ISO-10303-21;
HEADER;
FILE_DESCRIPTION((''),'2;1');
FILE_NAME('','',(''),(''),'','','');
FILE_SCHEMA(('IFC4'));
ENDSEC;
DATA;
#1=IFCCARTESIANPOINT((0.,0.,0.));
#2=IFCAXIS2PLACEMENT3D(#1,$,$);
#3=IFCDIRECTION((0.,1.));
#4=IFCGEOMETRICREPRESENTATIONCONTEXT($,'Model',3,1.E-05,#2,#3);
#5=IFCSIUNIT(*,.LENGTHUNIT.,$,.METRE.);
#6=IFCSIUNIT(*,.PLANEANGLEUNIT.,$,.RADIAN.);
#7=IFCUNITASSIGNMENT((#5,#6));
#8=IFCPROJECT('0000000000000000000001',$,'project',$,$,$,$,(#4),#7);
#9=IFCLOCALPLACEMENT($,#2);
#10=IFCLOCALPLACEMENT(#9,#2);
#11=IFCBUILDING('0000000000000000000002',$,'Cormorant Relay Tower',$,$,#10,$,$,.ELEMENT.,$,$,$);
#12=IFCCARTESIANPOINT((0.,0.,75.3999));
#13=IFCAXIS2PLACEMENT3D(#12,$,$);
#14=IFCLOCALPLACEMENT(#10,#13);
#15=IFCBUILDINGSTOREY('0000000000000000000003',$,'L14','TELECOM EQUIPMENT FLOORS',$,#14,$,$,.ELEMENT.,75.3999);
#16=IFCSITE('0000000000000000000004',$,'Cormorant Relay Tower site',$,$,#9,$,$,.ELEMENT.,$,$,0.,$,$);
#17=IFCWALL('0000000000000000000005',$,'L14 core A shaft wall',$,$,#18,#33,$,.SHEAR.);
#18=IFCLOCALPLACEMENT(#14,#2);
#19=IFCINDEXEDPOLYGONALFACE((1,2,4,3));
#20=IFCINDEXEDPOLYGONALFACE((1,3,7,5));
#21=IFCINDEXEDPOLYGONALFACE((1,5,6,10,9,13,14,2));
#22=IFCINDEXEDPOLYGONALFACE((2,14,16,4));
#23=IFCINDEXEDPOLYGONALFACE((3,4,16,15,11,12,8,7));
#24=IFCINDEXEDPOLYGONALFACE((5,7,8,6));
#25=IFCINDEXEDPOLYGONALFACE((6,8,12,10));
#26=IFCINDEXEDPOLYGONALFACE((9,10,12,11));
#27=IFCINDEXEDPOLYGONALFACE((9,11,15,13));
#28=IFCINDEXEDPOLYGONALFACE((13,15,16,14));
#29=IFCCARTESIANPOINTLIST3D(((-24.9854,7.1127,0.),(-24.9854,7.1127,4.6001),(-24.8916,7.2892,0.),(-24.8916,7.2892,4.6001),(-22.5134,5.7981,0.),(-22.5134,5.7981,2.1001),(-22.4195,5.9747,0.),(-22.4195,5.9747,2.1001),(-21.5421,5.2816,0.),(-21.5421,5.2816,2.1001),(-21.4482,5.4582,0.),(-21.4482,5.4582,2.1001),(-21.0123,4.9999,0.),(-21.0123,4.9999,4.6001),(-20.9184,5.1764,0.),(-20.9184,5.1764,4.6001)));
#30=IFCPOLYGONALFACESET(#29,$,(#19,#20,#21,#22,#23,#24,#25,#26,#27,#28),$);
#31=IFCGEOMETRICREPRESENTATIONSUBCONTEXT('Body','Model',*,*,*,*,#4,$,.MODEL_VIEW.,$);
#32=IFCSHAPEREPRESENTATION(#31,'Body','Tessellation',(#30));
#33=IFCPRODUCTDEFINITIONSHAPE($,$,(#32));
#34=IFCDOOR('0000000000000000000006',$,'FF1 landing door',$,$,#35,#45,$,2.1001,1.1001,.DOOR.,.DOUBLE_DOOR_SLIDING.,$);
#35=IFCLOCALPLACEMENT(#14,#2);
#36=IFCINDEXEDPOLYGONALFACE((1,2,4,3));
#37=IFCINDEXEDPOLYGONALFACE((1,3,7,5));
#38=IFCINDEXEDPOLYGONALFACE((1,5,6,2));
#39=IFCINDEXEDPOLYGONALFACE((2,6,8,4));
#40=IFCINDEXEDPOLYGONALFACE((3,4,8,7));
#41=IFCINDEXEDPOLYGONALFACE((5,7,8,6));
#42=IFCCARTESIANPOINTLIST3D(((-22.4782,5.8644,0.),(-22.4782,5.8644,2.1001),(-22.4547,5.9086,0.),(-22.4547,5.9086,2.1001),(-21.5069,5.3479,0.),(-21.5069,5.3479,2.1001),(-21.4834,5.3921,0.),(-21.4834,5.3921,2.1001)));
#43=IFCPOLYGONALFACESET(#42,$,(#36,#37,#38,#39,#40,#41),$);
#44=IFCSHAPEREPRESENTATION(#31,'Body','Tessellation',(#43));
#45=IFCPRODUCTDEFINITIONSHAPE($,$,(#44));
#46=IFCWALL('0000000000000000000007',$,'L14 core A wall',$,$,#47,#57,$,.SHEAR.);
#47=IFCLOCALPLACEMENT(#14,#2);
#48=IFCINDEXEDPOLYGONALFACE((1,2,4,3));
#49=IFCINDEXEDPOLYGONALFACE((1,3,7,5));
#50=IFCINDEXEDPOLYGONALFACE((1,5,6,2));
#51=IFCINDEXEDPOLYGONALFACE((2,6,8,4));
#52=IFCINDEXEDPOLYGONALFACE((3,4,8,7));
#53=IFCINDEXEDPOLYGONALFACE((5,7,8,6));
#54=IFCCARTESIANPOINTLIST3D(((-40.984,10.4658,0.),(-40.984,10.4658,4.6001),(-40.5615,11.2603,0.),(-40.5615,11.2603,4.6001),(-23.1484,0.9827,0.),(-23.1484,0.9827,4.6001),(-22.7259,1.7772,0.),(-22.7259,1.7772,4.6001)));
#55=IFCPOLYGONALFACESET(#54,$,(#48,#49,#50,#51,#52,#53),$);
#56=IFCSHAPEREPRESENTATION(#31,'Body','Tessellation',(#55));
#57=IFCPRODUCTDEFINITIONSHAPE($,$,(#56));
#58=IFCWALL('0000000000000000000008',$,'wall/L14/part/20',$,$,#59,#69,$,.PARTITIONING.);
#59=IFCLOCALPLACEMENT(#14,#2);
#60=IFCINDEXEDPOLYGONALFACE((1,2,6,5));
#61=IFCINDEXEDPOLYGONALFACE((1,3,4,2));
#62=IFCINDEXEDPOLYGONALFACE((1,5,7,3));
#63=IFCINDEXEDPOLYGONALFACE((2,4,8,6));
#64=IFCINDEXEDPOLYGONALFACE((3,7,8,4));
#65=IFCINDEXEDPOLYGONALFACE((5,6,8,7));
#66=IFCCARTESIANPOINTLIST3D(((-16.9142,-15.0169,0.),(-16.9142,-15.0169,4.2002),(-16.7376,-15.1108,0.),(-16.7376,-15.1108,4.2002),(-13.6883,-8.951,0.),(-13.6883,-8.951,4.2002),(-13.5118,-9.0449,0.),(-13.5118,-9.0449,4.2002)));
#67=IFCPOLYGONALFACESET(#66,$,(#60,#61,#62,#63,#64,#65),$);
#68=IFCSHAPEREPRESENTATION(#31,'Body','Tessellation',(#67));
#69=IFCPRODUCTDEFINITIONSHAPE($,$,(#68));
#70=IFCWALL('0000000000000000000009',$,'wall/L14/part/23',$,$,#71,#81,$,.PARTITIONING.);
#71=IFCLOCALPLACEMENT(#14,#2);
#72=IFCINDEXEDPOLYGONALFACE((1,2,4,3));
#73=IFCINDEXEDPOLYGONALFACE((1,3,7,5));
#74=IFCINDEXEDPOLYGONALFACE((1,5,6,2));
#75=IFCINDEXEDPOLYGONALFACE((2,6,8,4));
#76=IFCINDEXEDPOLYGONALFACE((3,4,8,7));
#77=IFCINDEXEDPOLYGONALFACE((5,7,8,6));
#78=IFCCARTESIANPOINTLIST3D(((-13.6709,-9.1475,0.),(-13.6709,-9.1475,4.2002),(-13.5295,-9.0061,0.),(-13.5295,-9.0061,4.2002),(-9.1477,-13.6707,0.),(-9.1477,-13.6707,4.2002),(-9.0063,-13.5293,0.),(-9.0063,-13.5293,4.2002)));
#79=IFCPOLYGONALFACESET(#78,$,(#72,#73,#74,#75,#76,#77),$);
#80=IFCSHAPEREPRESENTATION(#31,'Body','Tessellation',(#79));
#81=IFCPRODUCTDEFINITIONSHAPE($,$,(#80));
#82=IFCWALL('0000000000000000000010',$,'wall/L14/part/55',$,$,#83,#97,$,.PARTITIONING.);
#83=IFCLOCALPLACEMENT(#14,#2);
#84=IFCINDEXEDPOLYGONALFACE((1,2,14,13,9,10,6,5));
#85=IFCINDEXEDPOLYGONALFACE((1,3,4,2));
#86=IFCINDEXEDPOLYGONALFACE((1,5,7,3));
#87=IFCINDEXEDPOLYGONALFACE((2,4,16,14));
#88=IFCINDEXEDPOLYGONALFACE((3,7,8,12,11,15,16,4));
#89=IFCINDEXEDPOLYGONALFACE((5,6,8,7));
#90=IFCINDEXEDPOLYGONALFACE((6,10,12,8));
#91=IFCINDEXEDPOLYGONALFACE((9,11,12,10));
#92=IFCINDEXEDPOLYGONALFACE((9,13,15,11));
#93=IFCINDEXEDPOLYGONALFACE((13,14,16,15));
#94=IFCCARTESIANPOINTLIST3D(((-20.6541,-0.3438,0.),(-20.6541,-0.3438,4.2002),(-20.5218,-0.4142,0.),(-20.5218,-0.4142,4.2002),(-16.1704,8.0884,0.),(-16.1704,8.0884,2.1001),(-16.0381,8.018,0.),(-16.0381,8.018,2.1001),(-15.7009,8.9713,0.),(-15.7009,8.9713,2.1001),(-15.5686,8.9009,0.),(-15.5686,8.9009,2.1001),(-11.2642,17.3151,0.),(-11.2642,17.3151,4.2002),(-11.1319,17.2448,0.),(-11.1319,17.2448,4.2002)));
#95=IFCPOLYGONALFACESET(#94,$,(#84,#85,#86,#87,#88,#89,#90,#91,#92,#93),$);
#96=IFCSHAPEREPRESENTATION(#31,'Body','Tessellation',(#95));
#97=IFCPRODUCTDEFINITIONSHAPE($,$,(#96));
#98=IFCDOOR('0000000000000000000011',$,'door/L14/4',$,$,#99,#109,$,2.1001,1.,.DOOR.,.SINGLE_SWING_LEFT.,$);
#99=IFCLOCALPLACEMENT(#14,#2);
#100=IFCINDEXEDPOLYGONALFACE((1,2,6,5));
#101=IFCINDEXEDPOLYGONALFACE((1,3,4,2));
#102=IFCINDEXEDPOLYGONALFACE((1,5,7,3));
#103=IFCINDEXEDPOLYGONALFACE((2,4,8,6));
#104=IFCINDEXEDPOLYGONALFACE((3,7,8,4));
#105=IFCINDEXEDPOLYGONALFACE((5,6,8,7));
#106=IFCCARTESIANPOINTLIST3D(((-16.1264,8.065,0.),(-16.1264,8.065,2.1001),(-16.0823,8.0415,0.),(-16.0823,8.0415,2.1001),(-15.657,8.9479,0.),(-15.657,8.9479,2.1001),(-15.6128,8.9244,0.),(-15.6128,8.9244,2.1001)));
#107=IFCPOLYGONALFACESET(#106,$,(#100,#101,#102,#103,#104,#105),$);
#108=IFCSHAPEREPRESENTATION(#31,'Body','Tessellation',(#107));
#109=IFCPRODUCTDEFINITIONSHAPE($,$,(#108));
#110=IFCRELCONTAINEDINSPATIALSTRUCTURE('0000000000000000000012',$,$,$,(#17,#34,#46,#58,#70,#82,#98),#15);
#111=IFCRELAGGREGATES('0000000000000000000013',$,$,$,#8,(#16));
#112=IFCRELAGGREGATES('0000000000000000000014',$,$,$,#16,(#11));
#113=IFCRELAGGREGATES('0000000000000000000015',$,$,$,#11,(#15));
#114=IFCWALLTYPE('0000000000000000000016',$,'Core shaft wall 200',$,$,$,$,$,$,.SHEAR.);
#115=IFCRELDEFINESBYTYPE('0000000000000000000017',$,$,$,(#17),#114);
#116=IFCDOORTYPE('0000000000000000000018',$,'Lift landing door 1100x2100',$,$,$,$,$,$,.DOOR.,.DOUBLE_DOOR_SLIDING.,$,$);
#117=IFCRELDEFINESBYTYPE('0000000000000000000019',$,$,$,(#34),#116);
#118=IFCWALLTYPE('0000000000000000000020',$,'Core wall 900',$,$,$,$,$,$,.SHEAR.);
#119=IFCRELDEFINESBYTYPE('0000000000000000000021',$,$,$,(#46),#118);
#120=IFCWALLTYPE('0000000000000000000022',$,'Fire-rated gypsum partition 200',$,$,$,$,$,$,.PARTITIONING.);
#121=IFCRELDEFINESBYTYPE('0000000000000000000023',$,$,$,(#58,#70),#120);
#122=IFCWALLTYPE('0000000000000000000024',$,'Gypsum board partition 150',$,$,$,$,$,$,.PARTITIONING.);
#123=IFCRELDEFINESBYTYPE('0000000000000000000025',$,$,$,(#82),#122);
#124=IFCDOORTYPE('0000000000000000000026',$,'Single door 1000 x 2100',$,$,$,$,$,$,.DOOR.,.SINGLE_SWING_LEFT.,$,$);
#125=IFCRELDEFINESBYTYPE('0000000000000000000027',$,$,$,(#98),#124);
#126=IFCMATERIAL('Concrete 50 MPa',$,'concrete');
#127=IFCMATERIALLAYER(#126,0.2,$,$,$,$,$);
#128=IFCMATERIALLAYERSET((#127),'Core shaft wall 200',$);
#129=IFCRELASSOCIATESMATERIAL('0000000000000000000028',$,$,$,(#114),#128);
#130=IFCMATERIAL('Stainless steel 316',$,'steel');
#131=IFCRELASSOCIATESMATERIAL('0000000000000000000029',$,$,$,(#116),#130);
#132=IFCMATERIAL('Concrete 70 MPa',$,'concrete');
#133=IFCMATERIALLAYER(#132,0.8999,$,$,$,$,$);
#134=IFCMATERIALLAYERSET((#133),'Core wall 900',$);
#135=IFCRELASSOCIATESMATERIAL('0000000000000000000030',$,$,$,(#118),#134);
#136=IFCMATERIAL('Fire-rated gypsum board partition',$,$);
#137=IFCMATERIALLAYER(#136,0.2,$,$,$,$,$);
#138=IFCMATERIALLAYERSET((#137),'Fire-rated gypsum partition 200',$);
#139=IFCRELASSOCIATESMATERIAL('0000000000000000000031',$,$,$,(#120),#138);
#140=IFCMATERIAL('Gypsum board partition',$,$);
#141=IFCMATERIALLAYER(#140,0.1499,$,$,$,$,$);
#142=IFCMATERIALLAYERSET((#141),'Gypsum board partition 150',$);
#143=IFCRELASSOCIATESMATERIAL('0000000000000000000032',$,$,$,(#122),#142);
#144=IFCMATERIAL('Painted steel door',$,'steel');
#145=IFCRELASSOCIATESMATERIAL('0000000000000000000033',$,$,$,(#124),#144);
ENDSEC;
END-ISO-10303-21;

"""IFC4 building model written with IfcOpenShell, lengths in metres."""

from ifc_helpers import new_model, si_unit, direction, frame, frame_2d, origin, place, context, subcontext, project, spatial, rectangle, extrude, material, layer, layer_set, type_object, element, fill, save


model = new_model("IFC4")

# Units and contexts
model_context = context("Model", 3, precision=1e-05, world=origin(), true_north=direction((0.0, 1.0)))
body_context = subcontext(model_context, "Body", "Model", "MODEL_VIEW")
ifc_project = project(units=[si_unit("LENGTHUNIT", "METRE"), si_unit("PLANEANGLEUNIT", "RADIAN")], contexts=[model_context])

# Site, building, storey
site_placement = place(None, origin())
site = spatial("IfcSite", under=ifc_project, at=site_placement, Name="Cormorant Relay Tower site", CompositionType="ELEMENT", RefElevation=0.0)
building_placement = place(site_placement, origin())
building = spatial("IfcBuilding", under=site, at=building_placement, Name="Cormorant Relay Tower", CompositionType="ELEMENT")
storey_placement = place(building_placement, frame((0.0, 0.0, 75.3999)))
storey = spatial("IfcBuildingStorey", under=building, at=storey_placement, Name="L14", Description="TELECOM EQUIPMENT FLOORS", CompositionType="ELEMENT", Elevation=75.3999)

# Shared definitions
ifc_material_1 = material(Name="Concrete 50 MPa", Category="concrete")
ifc_layer_1 = layer(ifc_material_1, 0.2)
ifc_layer_set_1 = layer_set([ifc_layer_1], Name="Core shaft wall 200")
wall_type_1 = type_object("IfcWallType", Name="Core shaft wall 200", PredefinedType="SHEAR", material=ifc_layer_set_1)

# Wall, opening, door
wall_1_placement = place(storey_placement, frame((-20.9653, 5.0881, 0.0), z_axis=(0.0, 0.0, 1.0), x_axis=(-0.882926, 0.469512, 0.0)))
wall_1 = element("IfcWall", 1, at=wall_1_placement, inside=storey, type_object=wall_type_1, Name="L14 core A shaft wall", PredefinedType="SHEAR", context=body_context, shape_type="SweptSolid", body=[
    extrude(rectangle(XDim=4.5, YDim=0.2, at=frame_2d((2.25, 0.0))), origin(), (0.0, 0.0, 1.0), 4.6001),
])
opening_1_placement = place(wall_1_placement, frame((0.6001, 0.0, 0.0)))
opening_1 = element("IfcOpeningElement", 2, at=opening_1_placement, cuts=wall_1, PredefinedType="OPENING", context=body_context, shape_type="SweptSolid", body=[
    extrude(rectangle(XDim=1.1001, YDim=2.1001, at=frame_2d((0.55, 1.05))), frame((0.0, 0.1099, 0.0), z_axis=(0.0, -1.0, 0.0), x_axis=(1.0, 0.0, 0.0)), (0.0, 0.0, 1.0), 0.22),
])
ifc_material_2 = material(Name="Stainless steel 316", Category="steel")
door_type_1 = type_object("IfcDoorType", Name="Lift landing door 1100x2100", OperationType="DOUBLE_DOOR_SLIDING", PredefinedType="DOOR", material=ifc_material_2)
door_1_placement = place(opening_1_placement, origin())
door_1 = element("IfcDoor", 3, at=door_1_placement, inside=storey, type_object=door_type_1, Name="FF1 landing door", OperationType="DOUBLE_DOOR_SLIDING", OverallHeight=2.1001, OverallWidth=1.1001, PredefinedType="DOOR", context=body_context, shape_type="SweptSolid", body=[
    extrude(rectangle(XDim=1.1001, YDim=2.1001, at=frame_2d((0.55, 1.05))), frame((0.0, 0.0249, 0.0), z_axis=(0.0, -1.0, 0.0), x_axis=(1.0, 0.0, 0.0)), (0.0, 0.0, 1.0), 0.05),
])
fill(opening_1, door_1)

# Walls
ifc_material_3 = material(Name="Concrete 70 MPa", Category="concrete")
ifc_layer_2 = layer(ifc_material_3, 0.8999)
ifc_layer_set_2 = layer_set([ifc_layer_2], Name="Core wall 900")
wall_type_2 = type_object("IfcWallType", Name="Core wall 900", PredefinedType="SHEAR", material=ifc_layer_set_2)
wall_2_placement = place(storey_placement, frame((-22.937, 1.3799, 0.0), z_axis=(0.0, 0.0, 1.0), x_axis=(-0.882953, 0.469462, 0.0)))
element("IfcWall", 4, at=wall_2_placement, inside=storey, type_object=wall_type_2, Name="L14 core A wall", PredefinedType="SHEAR", context=body_context, shape_type="SweptSolid", body=[
    extrude(rectangle(XDim=20.2, YDim=0.8999, at=frame_2d((10.1001, 0.0))), origin(), (0.0, 0.0, 1.0), 4.6001),
])
ifc_material_4 = material(Name="Fire-rated gypsum board partition")
ifc_layer_3 = layer(ifc_material_4, 0.2)
ifc_layer_set_3 = layer_set([ifc_layer_3], Name="Fire-rated gypsum partition 200")
wall_type_3 = type_object("IfcWallType", Name="Fire-rated gypsum partition 200", PredefinedType="PARTITIONING", material=ifc_layer_set_3)
wall_3_placement = place(storey_placement, frame((-13.6001, -8.998, 0.0), z_axis=(0.0, 0.0, 1.0), x_axis=(-0.469531, -0.882916, 0.0)))
element("IfcWall", 5, at=wall_3_placement, inside=storey, type_object=wall_type_3, Name="wall/L14/part/20", PredefinedType="PARTITIONING", context=body_context, shape_type="SweptSolid", body=[
    extrude(rectangle(XDim=6.8704, YDim=0.2, at=frame_2d((3.4351, 0.0))), origin(), (0.0, 0.0, 1.0), 4.2002),
])
wall_4_placement = place(storey_placement, frame((-13.6001, -9.0769, 0.0), z_axis=(0.0, 0.0, 1.0), x_axis=(0.707107, -0.707107, 0.0)))
element("IfcWall", 6, at=wall_4_placement, inside=storey, type_object=wall_type_3, Name="wall/L14/part/23", PredefinedType="PARTITIONING", context=body_context, shape_type="SweptSolid", body=[
    extrude(rectangle(XDim=6.3967, YDim=0.2, at=frame_2d((3.1982, 0.0))), origin(), (0.0, 0.0, 1.0), 4.2002),
])

# Wall, opening, door
ifc_material_5 = material(Name="Gypsum board partition")
ifc_layer_4 = layer(ifc_material_5, 0.1499)
ifc_layer_set_4 = layer_set([ifc_layer_4], Name="Gypsum board partition 150")
wall_type_4 = type_object("IfcWallType", Name="Gypsum board partition 150", PredefinedType="PARTITIONING", material=ifc_layer_set_4)
wall_5_placement = place(storey_placement, frame((-20.5879, -0.3789, 0.0), z_axis=(0.0, 0.0, 1.0), x_axis=(0.46949, 0.882938, 0.0)))
wall_5 = element("IfcWall", 7, at=wall_5_placement, inside=storey, type_object=wall_type_4, Name="wall/L14/part/55", PredefinedType="PARTITIONING", context=body_context, shape_type="SweptSolid", body=[
    extrude(rectangle(XDim=20.0002, YDim=0.1499, at=frame_2d((10.0, 0.0))), origin(), (0.0, 0.0, 1.0), 4.2002),
])
opening_2_placement = place(wall_5_placement, frame((9.55, 0.0, 0.0)))
opening_2 = element("IfcOpeningElement", 8, at=opening_2_placement, cuts=wall_5, PredefinedType="OPENING", context=body_context, shape_type="SweptSolid", body=[
    extrude(rectangle(XDim=1.0, YDim=2.1001, at=frame_2d((0.5, 1.05))), frame((0.0, 0.085, 0.0), z_axis=(0.0, -1.0, 0.0), x_axis=(1.0, 0.0, 0.0)), (0.0, 0.0, 1.0), 0.1699),
])
ifc_material_6 = material(Name="Painted steel door", Category="steel")
door_type_2 = type_object("IfcDoorType", Name="Single door 1000 x 2100", OperationType="SINGLE_SWING_LEFT", PredefinedType="DOOR", material=ifc_material_6)
door_2_placement = place(opening_2_placement, frame((1.0, 0.0, 0.0), z_axis=(0.0, 0.0, 1.0), x_axis=(-1.0, 0.0, 0.0)))
door_2 = element("IfcDoor", 9, at=door_2_placement, inside=storey, type_object=door_type_2, Name="door/L14/4", OperationType="SINGLE_SWING_LEFT", OverallHeight=2.1001, OverallWidth=1.0, PredefinedType="DOOR", context=body_context, shape_type="SweptSolid", body=[
    extrude(rectangle(XDim=1.0, YDim=2.1001, at=frame_2d((0.5, 1.05))), frame((0.0, 0.0249, 0.0), z_axis=(0.0, -1.0, 0.0), x_axis=(1.0, 0.0, 0.0)), (0.0, 0.0, 1.0), 0.05),
])
fill(opening_2, door_2)

save(model, "model.ifc")
